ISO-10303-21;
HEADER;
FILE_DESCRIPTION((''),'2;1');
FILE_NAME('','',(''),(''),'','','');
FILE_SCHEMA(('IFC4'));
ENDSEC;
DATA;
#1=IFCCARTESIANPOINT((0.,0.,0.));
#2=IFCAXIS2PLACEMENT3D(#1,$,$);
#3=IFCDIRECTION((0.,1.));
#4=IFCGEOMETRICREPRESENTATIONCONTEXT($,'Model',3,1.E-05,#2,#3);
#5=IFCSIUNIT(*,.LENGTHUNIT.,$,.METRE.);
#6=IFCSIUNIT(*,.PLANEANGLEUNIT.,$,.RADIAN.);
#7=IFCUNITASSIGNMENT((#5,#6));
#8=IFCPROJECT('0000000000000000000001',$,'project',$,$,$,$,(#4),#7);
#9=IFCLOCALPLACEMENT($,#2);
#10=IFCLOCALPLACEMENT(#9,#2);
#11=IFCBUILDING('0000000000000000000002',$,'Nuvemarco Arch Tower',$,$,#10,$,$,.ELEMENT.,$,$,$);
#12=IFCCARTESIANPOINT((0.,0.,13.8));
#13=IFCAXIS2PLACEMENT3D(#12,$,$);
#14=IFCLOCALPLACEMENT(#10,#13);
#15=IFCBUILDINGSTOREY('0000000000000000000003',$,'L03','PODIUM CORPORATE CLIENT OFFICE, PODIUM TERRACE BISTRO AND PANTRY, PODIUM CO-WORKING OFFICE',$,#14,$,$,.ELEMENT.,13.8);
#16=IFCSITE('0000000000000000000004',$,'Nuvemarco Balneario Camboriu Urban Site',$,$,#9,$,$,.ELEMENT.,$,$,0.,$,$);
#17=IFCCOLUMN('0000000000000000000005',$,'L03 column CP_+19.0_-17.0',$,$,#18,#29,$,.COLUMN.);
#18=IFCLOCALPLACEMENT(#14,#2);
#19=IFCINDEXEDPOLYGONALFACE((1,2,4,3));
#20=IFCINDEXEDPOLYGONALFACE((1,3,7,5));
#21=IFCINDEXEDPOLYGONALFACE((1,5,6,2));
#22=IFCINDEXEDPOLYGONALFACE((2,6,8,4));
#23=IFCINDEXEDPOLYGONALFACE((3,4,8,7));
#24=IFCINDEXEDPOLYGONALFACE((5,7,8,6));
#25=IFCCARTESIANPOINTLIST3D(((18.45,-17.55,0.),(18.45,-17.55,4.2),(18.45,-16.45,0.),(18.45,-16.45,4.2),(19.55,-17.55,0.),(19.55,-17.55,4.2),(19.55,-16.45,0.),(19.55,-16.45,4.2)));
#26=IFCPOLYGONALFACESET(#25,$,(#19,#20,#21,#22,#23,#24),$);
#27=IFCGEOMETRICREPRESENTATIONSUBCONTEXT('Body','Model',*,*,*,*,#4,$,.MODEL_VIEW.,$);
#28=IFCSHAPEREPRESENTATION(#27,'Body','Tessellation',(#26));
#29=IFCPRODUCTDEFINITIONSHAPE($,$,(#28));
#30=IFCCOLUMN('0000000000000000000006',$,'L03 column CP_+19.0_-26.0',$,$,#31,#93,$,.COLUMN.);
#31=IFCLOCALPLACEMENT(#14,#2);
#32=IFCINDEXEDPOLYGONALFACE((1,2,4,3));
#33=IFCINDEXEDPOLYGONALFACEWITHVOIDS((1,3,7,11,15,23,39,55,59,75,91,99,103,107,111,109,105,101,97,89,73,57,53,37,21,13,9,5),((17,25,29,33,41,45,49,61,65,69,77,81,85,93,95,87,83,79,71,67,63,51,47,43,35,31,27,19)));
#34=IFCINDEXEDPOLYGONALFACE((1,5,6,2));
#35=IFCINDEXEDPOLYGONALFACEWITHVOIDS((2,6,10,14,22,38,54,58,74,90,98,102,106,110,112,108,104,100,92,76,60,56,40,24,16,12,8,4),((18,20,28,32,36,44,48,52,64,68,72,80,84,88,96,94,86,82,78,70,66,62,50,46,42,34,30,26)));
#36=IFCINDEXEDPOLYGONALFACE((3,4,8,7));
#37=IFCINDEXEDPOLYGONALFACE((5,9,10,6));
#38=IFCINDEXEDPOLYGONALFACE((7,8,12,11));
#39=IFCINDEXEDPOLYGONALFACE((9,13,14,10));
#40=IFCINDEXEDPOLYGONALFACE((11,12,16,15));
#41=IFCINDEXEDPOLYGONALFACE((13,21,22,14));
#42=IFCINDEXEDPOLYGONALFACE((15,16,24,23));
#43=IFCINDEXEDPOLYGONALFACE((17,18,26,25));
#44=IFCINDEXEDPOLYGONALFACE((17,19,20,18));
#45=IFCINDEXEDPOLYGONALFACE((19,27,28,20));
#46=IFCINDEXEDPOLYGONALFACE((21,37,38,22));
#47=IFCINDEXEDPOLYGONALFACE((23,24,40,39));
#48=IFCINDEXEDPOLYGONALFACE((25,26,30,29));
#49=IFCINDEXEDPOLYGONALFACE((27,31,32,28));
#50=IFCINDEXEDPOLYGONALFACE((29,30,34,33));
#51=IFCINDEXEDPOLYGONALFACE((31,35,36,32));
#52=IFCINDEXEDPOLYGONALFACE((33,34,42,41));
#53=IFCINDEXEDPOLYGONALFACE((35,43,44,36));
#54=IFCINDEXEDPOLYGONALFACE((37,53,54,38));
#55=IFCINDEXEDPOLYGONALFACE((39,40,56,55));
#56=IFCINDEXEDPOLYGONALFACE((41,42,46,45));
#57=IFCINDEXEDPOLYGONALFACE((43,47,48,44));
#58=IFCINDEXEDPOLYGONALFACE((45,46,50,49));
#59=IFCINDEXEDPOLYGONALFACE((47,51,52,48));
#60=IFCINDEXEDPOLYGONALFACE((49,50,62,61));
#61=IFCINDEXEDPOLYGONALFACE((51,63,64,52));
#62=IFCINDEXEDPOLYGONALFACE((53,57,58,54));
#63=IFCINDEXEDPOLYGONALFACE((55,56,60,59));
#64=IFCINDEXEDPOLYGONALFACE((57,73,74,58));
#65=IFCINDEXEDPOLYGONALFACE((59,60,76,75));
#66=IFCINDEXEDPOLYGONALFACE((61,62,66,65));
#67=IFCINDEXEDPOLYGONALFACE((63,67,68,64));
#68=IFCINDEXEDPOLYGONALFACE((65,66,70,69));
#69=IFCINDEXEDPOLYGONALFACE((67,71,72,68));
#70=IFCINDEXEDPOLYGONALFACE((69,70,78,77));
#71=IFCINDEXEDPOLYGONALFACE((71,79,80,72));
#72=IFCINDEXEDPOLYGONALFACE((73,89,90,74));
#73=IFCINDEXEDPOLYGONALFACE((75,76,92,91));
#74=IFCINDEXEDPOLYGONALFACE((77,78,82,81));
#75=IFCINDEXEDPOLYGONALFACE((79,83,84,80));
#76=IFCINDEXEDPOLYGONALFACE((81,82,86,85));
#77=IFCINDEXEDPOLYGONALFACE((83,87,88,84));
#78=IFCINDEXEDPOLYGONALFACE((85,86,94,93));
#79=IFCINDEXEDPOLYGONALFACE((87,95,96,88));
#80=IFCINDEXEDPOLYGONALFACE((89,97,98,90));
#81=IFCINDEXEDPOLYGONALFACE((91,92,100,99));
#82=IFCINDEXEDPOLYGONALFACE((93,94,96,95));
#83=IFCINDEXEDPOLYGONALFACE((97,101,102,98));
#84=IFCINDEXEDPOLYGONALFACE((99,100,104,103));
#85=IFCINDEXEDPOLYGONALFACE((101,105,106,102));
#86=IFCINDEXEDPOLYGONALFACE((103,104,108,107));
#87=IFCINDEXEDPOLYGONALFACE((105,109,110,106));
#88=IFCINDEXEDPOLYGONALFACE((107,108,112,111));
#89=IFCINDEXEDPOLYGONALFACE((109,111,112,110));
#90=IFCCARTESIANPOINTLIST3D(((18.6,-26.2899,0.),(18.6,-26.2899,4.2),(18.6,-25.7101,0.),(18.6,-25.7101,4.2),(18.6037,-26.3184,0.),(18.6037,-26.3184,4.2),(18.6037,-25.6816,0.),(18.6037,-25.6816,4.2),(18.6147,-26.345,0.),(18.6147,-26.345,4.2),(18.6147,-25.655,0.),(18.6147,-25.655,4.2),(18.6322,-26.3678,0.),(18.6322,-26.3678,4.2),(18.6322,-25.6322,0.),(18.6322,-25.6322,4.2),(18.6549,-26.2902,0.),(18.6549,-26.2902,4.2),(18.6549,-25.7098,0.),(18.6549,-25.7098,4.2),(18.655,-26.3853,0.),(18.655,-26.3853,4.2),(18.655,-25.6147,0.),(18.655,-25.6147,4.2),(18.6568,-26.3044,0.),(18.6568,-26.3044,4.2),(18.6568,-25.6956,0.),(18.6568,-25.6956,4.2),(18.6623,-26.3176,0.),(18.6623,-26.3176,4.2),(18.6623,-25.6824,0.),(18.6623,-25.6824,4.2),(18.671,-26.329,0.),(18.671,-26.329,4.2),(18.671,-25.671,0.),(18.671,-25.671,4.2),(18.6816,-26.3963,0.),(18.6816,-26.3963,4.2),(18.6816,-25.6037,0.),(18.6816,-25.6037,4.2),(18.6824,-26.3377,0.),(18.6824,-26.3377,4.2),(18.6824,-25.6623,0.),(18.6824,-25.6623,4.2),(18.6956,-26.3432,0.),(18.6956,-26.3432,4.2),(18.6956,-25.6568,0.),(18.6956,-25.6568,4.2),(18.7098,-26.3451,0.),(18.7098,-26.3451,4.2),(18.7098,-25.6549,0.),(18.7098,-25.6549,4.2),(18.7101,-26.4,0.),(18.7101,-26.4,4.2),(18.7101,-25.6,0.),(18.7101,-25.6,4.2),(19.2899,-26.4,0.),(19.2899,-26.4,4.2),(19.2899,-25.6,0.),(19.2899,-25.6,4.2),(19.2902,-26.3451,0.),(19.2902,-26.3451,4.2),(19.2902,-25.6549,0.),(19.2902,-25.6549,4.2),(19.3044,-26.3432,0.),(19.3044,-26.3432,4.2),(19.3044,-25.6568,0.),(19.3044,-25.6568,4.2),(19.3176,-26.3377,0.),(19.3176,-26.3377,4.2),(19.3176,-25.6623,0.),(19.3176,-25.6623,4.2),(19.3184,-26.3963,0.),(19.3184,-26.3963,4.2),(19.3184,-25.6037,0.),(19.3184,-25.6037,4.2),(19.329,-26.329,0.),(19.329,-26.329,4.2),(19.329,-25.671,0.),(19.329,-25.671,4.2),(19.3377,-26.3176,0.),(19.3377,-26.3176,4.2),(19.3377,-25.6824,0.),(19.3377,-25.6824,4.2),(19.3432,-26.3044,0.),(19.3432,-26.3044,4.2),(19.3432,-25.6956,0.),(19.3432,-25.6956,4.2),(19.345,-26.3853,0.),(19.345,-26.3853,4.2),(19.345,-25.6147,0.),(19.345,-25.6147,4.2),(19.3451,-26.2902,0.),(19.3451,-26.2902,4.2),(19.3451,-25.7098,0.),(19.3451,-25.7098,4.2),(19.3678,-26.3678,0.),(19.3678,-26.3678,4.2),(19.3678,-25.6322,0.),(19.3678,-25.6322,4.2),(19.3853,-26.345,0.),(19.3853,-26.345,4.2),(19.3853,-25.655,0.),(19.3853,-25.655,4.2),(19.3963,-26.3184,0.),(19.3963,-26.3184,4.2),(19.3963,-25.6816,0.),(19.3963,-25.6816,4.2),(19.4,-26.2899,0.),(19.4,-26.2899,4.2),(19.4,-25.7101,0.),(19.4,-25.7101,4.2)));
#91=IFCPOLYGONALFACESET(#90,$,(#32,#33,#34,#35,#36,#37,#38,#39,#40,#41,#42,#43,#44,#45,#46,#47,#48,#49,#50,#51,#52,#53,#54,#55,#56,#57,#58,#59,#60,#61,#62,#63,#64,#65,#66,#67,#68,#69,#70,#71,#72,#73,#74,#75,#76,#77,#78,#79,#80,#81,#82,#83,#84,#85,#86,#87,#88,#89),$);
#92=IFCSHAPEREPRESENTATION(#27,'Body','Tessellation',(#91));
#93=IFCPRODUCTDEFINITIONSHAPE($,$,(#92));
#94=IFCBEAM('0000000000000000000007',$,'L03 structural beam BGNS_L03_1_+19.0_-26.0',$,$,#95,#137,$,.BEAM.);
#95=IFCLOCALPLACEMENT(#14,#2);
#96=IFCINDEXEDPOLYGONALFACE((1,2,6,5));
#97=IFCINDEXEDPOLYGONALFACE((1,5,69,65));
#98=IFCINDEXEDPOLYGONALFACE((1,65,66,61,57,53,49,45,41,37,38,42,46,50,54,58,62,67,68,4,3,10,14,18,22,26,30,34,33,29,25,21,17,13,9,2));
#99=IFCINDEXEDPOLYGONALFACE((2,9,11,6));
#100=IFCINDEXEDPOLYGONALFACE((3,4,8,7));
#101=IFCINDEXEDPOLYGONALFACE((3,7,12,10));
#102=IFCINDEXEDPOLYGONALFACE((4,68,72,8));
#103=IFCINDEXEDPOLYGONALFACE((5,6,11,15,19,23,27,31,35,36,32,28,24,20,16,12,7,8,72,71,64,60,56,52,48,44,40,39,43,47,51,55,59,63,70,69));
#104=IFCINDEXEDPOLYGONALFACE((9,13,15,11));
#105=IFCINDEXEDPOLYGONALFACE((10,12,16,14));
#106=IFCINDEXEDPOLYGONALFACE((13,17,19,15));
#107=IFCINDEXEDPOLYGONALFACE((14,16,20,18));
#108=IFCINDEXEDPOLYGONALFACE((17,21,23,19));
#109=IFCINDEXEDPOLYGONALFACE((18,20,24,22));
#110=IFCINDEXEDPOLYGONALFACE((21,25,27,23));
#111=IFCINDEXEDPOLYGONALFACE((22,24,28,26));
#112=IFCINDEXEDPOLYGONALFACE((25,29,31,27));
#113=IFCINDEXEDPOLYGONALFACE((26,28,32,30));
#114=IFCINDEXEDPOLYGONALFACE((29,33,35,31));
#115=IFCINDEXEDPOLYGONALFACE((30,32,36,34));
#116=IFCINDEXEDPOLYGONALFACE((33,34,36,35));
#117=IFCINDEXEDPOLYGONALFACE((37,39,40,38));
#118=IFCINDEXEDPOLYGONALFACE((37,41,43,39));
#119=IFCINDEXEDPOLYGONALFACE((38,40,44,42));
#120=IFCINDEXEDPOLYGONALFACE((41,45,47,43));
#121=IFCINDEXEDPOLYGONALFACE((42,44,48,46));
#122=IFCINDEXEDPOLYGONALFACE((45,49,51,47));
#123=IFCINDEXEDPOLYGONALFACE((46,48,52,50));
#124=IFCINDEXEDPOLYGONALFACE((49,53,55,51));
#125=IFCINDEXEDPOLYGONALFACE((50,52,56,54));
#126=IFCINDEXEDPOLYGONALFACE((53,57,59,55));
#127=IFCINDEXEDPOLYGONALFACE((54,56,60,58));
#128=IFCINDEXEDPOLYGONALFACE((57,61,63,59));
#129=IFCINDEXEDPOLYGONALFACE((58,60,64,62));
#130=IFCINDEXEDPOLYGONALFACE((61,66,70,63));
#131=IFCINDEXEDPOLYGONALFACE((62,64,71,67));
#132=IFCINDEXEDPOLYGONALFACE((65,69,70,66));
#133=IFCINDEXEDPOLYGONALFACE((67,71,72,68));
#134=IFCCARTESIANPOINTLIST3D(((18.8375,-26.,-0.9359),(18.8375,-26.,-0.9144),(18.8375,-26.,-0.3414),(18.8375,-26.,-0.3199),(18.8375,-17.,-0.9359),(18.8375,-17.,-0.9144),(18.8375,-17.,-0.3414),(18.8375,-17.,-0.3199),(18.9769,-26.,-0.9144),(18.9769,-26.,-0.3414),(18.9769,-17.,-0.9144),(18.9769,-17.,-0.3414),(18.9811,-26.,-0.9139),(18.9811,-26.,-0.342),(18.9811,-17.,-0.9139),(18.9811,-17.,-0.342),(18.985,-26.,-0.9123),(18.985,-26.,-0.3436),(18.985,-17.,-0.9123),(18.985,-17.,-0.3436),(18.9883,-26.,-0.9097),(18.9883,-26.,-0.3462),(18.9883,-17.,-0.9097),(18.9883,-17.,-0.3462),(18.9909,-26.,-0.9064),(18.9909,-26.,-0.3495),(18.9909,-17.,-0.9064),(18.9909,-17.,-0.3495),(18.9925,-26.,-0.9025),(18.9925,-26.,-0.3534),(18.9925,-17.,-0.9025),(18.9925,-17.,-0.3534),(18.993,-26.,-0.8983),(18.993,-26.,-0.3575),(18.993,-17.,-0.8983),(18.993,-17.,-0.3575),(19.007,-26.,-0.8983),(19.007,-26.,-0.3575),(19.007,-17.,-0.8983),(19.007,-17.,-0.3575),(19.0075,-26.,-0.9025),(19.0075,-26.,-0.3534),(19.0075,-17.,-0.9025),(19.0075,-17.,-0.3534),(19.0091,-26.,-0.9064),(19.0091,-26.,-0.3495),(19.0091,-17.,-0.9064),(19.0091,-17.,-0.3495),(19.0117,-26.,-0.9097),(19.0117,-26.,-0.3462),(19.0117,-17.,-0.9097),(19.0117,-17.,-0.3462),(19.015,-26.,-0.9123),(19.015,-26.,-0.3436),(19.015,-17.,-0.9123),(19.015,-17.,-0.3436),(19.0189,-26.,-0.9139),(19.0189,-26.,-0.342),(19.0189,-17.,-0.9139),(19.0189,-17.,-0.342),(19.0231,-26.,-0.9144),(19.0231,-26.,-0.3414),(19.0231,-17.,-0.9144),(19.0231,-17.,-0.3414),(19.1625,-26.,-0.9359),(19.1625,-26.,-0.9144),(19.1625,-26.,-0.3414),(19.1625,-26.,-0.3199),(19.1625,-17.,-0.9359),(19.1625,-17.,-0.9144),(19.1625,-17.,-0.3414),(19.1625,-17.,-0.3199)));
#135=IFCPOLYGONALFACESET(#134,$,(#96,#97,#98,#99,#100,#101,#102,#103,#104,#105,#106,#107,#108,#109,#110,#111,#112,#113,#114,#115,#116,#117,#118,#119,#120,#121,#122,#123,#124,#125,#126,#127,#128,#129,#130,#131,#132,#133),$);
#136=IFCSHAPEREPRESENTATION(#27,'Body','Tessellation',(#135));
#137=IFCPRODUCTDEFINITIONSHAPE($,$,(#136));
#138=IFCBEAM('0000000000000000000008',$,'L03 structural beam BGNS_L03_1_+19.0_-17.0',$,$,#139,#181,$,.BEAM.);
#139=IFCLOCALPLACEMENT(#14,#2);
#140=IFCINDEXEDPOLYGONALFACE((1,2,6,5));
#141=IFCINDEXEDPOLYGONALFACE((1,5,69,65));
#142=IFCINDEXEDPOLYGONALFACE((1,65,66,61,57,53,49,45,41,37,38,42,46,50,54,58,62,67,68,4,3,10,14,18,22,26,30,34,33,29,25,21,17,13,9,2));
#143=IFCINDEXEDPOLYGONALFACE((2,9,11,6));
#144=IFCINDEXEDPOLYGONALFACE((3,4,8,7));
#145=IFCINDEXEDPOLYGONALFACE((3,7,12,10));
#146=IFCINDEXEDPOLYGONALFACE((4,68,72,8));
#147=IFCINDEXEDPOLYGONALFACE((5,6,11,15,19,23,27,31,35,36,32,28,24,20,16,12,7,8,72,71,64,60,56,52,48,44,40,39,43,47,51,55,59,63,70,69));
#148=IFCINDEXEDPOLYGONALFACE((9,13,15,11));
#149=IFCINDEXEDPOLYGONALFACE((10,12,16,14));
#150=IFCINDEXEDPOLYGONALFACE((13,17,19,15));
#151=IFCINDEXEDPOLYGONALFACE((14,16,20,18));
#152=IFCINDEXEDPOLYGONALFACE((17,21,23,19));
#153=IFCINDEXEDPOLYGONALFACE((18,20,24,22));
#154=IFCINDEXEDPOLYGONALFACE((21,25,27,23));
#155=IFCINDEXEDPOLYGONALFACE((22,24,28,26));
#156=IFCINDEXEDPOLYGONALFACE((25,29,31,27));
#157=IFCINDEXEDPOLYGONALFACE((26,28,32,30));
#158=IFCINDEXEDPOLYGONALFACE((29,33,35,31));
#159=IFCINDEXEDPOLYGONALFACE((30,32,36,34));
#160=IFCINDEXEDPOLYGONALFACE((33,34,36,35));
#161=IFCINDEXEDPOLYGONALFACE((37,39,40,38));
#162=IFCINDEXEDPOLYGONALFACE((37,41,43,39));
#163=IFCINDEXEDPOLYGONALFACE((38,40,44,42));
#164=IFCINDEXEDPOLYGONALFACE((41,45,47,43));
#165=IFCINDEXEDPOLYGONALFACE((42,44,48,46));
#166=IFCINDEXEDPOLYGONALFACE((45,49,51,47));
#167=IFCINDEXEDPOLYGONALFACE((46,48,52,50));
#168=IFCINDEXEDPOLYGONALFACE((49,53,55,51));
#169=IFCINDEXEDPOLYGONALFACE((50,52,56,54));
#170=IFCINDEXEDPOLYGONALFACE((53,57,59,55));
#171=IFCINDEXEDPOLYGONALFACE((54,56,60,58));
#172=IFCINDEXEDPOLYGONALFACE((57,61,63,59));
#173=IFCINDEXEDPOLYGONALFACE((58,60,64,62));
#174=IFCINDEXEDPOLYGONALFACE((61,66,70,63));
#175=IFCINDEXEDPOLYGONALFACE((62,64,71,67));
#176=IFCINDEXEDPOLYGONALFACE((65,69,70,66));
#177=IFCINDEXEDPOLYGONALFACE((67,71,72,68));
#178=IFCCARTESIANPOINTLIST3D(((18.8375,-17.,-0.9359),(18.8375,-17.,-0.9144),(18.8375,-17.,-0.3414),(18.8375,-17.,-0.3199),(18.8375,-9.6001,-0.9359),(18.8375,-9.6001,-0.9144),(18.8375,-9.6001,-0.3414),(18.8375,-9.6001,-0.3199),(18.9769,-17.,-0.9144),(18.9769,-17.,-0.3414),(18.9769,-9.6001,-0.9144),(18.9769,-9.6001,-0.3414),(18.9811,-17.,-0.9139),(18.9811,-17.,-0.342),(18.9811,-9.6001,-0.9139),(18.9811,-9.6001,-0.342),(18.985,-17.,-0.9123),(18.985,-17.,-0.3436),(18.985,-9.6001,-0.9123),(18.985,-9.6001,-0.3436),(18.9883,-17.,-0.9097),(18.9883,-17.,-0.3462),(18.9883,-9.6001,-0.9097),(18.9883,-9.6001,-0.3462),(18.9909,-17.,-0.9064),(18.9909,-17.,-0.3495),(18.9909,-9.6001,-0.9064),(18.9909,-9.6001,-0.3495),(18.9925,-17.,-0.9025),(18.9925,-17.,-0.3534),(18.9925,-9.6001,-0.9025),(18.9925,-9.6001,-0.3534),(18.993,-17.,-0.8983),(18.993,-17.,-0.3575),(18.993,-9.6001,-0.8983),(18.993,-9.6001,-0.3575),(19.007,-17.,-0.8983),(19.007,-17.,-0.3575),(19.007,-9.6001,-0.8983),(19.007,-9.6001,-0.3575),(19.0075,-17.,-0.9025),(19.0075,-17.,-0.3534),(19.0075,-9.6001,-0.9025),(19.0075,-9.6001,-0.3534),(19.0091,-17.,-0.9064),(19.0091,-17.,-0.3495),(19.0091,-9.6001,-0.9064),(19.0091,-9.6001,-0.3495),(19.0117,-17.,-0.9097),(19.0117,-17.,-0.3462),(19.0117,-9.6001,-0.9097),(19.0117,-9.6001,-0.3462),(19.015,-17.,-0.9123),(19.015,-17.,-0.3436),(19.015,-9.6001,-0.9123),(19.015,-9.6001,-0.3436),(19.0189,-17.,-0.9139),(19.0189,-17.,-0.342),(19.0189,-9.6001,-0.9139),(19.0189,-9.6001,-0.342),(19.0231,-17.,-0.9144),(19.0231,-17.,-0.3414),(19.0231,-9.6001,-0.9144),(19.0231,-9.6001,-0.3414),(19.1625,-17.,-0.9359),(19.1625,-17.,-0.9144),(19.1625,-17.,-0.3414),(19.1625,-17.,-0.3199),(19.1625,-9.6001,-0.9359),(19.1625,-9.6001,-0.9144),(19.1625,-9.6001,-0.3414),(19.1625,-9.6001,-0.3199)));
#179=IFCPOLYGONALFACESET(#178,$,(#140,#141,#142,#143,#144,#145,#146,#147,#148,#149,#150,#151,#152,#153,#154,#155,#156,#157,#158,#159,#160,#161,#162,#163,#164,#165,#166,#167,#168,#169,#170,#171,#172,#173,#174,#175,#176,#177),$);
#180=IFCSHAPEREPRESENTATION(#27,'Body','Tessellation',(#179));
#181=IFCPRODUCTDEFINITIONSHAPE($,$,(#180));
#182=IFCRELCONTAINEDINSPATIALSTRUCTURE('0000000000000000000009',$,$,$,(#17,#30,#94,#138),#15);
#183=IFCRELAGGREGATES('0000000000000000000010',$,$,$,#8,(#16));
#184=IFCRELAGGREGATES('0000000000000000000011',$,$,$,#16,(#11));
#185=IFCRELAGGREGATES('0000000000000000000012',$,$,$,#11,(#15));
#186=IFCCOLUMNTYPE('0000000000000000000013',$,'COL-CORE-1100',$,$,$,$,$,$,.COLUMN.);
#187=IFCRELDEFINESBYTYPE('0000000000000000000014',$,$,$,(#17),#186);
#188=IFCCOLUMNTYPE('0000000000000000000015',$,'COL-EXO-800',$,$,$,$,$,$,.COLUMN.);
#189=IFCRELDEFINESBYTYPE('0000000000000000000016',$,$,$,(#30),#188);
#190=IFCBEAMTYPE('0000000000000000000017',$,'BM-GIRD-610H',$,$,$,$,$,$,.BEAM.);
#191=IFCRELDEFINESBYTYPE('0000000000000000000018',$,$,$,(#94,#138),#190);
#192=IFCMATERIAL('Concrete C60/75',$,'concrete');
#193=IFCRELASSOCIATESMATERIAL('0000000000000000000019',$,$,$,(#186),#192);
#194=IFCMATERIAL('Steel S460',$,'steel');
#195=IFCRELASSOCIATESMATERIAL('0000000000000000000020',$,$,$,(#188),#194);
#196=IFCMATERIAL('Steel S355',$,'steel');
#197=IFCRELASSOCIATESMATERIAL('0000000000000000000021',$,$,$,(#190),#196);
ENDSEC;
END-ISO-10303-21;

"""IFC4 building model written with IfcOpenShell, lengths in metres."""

from ifc_helpers import new_model, si_unit, direction, frame, origin, origin_2d, place, context, subcontext, project, spatial, rectangle, hollow_rectangle, i_section, extrude, material, material_profile, profile_set, type_object, element, save


model = new_model("IFC4")

# Units and contexts
model_context = context("Model", 3, precision=1e-05, world=origin(), true_north=direction((0.0, 1.0)))
body_context = subcontext(model_context, "Body", "Model", "MODEL_VIEW")
ifc_project = project(units=[si_unit("LENGTHUNIT", "METRE"), si_unit("PLANEANGLEUNIT", "RADIAN")], contexts=[model_context])

# Site, building, storey
site_placement = place(None, origin())
site = spatial("IfcSite", under=ifc_project, at=site_placement, Name="Nuvemarco Balneario Camboriu Urban Site", CompositionType="ELEMENT", RefElevation=0.0)
building_placement = place(site_placement, origin())
building = spatial("IfcBuilding", under=site, at=building_placement, Name="Nuvemarco Arch Tower", CompositionType="ELEMENT")
storey_placement = place(building_placement, frame((0.0, 0.0, 13.8)))
storey = spatial("IfcBuildingStorey", under=building, at=storey_placement, Name="L03", Description="PODIUM CORPORATE CLIENT OFFICE, PODIUM TERRACE BISTRO AND PANTRY, PODIUM CO-WORKING OFFICE", CompositionType="ELEMENT", Elevation=13.8)

# Columns
ifc_material_1 = material(Name="Concrete C60/75", Category="concrete")
ifc_material_profile_1 = material_profile(ifc_material_1, rectangle(XDim=1.1001, YDim=1.1001, at=origin_2d()), Name="RC-COL-1100x1100")
ifc_profile_set_1 = profile_set([ifc_material_profile_1], Name="Concrete C60/75")
column_type_1 = type_object("IfcColumnType", Name="COL-CORE-1100", PredefinedType="COLUMN", material=ifc_profile_set_1)
column_1_placement = place(storey_placement, frame((19.0, -17.0, 0.0), z_axis=(0.0, 0.0, 1.0), x_axis=(1.0, 0.0, 0.0)))
element("IfcColumn", 1, at=column_1_placement, inside=storey, type_object=column_type_1, Name="L03 column CP_+19.0_-17.0", PredefinedType="COLUMN", context=body_context, shape_type="SweptSolid", body=[
    extrude(rectangle(XDim=1.1001, YDim=1.1001, at=origin_2d()), origin(), (0.0, 0.0, 1.0), 4.2),
])
ifc_material_2 = material(Name="Steel S460", Category="steel")
ifc_material_profile_2 = material_profile(ifc_material_2, hollow_rectangle(XDim=0.8, YDim=0.8, WallThickness=0.0549, InnerFilletRadius=0.0549, OuterFilletRadius=0.1101, at=origin_2d()), Name="SHS800x800x55")
ifc_profile_set_2 = profile_set([ifc_material_profile_2], Name="Steel S460")
column_type_2 = type_object("IfcColumnType", Name="COL-EXO-800", PredefinedType="COLUMN", material=ifc_profile_set_2)
column_2_placement = place(storey_placement, frame((19.0, -26.0, 0.0), z_axis=(0.0, 0.0, 1.0), x_axis=(1.0, 0.0, 0.0)))
element("IfcColumn", 2, at=column_2_placement, inside=storey, type_object=column_type_2, Name="L03 column CP_+19.0_-26.0", PredefinedType="COLUMN", context=body_context, shape_type="SweptSolid", body=[
    extrude(hollow_rectangle(XDim=0.8, YDim=0.8, WallThickness=0.0549, InnerFilletRadius=0.0549, OuterFilletRadius=0.1101, at=origin_2d()), origin(), (0.0, 0.0, 1.0), 4.2),
])

# Beams
ifc_material_3 = material(Name="Steel S355", Category="steel")
ifc_material_profile_3 = material_profile(ifc_material_3, i_section(OverallWidth=0.325, OverallDepth=0.616, WebThickness=0.0139, FlangeThickness=0.0215, FilletRadius=0.0161, at=origin_2d()), Name="W610x174")
ifc_profile_set_3 = profile_set([ifc_material_profile_3], Name="Steel S355")
beam_type_1 = type_object("IfcBeamType", Name="BM-GIRD-610H", PredefinedType="BEAM", material=ifc_profile_set_3)
beam_1_placement = place(storey_placement, frame((19.0, -26.0, -0.6279), z_axis=(0.0, 1.0, 0.0), x_axis=(-1.0, 0.0, 0.0)))
element("IfcBeam", 3, at=beam_1_placement, inside=storey, type_object=beam_type_1, Name="L03 structural beam BGNS_L03_1_+19.0_-26.0", PredefinedType="BEAM", context=body_context, shape_type="SweptSolid", body=[
    extrude(i_section(OverallWidth=0.325, OverallDepth=0.616, WebThickness=0.0139, FlangeThickness=0.0215, FilletRadius=0.0161, at=origin_2d()), origin(), (0.0, 0.0, 1.0), 9.0),
])
beam_2_placement = place(storey_placement, frame((19.0, -17.0, -0.6279), z_axis=(0.0, 1.0, 0.0), x_axis=(-1.0, 0.0, 0.0)))
element("IfcBeam", 4, at=beam_2_placement, inside=storey, type_object=beam_type_1, Name="L03 structural beam BGNS_L03_1_+19.0_-17.0", PredefinedType="BEAM", context=body_context, shape_type="SweptSolid", body=[
    extrude(i_section(OverallWidth=0.325, OverallDepth=0.616, WebThickness=0.0139, FlangeThickness=0.0215, FilletRadius=0.0161, at=origin_2d()), origin(), (0.0, 0.0, 1.0), 7.3999),
])

save(model, "model.ifc")
